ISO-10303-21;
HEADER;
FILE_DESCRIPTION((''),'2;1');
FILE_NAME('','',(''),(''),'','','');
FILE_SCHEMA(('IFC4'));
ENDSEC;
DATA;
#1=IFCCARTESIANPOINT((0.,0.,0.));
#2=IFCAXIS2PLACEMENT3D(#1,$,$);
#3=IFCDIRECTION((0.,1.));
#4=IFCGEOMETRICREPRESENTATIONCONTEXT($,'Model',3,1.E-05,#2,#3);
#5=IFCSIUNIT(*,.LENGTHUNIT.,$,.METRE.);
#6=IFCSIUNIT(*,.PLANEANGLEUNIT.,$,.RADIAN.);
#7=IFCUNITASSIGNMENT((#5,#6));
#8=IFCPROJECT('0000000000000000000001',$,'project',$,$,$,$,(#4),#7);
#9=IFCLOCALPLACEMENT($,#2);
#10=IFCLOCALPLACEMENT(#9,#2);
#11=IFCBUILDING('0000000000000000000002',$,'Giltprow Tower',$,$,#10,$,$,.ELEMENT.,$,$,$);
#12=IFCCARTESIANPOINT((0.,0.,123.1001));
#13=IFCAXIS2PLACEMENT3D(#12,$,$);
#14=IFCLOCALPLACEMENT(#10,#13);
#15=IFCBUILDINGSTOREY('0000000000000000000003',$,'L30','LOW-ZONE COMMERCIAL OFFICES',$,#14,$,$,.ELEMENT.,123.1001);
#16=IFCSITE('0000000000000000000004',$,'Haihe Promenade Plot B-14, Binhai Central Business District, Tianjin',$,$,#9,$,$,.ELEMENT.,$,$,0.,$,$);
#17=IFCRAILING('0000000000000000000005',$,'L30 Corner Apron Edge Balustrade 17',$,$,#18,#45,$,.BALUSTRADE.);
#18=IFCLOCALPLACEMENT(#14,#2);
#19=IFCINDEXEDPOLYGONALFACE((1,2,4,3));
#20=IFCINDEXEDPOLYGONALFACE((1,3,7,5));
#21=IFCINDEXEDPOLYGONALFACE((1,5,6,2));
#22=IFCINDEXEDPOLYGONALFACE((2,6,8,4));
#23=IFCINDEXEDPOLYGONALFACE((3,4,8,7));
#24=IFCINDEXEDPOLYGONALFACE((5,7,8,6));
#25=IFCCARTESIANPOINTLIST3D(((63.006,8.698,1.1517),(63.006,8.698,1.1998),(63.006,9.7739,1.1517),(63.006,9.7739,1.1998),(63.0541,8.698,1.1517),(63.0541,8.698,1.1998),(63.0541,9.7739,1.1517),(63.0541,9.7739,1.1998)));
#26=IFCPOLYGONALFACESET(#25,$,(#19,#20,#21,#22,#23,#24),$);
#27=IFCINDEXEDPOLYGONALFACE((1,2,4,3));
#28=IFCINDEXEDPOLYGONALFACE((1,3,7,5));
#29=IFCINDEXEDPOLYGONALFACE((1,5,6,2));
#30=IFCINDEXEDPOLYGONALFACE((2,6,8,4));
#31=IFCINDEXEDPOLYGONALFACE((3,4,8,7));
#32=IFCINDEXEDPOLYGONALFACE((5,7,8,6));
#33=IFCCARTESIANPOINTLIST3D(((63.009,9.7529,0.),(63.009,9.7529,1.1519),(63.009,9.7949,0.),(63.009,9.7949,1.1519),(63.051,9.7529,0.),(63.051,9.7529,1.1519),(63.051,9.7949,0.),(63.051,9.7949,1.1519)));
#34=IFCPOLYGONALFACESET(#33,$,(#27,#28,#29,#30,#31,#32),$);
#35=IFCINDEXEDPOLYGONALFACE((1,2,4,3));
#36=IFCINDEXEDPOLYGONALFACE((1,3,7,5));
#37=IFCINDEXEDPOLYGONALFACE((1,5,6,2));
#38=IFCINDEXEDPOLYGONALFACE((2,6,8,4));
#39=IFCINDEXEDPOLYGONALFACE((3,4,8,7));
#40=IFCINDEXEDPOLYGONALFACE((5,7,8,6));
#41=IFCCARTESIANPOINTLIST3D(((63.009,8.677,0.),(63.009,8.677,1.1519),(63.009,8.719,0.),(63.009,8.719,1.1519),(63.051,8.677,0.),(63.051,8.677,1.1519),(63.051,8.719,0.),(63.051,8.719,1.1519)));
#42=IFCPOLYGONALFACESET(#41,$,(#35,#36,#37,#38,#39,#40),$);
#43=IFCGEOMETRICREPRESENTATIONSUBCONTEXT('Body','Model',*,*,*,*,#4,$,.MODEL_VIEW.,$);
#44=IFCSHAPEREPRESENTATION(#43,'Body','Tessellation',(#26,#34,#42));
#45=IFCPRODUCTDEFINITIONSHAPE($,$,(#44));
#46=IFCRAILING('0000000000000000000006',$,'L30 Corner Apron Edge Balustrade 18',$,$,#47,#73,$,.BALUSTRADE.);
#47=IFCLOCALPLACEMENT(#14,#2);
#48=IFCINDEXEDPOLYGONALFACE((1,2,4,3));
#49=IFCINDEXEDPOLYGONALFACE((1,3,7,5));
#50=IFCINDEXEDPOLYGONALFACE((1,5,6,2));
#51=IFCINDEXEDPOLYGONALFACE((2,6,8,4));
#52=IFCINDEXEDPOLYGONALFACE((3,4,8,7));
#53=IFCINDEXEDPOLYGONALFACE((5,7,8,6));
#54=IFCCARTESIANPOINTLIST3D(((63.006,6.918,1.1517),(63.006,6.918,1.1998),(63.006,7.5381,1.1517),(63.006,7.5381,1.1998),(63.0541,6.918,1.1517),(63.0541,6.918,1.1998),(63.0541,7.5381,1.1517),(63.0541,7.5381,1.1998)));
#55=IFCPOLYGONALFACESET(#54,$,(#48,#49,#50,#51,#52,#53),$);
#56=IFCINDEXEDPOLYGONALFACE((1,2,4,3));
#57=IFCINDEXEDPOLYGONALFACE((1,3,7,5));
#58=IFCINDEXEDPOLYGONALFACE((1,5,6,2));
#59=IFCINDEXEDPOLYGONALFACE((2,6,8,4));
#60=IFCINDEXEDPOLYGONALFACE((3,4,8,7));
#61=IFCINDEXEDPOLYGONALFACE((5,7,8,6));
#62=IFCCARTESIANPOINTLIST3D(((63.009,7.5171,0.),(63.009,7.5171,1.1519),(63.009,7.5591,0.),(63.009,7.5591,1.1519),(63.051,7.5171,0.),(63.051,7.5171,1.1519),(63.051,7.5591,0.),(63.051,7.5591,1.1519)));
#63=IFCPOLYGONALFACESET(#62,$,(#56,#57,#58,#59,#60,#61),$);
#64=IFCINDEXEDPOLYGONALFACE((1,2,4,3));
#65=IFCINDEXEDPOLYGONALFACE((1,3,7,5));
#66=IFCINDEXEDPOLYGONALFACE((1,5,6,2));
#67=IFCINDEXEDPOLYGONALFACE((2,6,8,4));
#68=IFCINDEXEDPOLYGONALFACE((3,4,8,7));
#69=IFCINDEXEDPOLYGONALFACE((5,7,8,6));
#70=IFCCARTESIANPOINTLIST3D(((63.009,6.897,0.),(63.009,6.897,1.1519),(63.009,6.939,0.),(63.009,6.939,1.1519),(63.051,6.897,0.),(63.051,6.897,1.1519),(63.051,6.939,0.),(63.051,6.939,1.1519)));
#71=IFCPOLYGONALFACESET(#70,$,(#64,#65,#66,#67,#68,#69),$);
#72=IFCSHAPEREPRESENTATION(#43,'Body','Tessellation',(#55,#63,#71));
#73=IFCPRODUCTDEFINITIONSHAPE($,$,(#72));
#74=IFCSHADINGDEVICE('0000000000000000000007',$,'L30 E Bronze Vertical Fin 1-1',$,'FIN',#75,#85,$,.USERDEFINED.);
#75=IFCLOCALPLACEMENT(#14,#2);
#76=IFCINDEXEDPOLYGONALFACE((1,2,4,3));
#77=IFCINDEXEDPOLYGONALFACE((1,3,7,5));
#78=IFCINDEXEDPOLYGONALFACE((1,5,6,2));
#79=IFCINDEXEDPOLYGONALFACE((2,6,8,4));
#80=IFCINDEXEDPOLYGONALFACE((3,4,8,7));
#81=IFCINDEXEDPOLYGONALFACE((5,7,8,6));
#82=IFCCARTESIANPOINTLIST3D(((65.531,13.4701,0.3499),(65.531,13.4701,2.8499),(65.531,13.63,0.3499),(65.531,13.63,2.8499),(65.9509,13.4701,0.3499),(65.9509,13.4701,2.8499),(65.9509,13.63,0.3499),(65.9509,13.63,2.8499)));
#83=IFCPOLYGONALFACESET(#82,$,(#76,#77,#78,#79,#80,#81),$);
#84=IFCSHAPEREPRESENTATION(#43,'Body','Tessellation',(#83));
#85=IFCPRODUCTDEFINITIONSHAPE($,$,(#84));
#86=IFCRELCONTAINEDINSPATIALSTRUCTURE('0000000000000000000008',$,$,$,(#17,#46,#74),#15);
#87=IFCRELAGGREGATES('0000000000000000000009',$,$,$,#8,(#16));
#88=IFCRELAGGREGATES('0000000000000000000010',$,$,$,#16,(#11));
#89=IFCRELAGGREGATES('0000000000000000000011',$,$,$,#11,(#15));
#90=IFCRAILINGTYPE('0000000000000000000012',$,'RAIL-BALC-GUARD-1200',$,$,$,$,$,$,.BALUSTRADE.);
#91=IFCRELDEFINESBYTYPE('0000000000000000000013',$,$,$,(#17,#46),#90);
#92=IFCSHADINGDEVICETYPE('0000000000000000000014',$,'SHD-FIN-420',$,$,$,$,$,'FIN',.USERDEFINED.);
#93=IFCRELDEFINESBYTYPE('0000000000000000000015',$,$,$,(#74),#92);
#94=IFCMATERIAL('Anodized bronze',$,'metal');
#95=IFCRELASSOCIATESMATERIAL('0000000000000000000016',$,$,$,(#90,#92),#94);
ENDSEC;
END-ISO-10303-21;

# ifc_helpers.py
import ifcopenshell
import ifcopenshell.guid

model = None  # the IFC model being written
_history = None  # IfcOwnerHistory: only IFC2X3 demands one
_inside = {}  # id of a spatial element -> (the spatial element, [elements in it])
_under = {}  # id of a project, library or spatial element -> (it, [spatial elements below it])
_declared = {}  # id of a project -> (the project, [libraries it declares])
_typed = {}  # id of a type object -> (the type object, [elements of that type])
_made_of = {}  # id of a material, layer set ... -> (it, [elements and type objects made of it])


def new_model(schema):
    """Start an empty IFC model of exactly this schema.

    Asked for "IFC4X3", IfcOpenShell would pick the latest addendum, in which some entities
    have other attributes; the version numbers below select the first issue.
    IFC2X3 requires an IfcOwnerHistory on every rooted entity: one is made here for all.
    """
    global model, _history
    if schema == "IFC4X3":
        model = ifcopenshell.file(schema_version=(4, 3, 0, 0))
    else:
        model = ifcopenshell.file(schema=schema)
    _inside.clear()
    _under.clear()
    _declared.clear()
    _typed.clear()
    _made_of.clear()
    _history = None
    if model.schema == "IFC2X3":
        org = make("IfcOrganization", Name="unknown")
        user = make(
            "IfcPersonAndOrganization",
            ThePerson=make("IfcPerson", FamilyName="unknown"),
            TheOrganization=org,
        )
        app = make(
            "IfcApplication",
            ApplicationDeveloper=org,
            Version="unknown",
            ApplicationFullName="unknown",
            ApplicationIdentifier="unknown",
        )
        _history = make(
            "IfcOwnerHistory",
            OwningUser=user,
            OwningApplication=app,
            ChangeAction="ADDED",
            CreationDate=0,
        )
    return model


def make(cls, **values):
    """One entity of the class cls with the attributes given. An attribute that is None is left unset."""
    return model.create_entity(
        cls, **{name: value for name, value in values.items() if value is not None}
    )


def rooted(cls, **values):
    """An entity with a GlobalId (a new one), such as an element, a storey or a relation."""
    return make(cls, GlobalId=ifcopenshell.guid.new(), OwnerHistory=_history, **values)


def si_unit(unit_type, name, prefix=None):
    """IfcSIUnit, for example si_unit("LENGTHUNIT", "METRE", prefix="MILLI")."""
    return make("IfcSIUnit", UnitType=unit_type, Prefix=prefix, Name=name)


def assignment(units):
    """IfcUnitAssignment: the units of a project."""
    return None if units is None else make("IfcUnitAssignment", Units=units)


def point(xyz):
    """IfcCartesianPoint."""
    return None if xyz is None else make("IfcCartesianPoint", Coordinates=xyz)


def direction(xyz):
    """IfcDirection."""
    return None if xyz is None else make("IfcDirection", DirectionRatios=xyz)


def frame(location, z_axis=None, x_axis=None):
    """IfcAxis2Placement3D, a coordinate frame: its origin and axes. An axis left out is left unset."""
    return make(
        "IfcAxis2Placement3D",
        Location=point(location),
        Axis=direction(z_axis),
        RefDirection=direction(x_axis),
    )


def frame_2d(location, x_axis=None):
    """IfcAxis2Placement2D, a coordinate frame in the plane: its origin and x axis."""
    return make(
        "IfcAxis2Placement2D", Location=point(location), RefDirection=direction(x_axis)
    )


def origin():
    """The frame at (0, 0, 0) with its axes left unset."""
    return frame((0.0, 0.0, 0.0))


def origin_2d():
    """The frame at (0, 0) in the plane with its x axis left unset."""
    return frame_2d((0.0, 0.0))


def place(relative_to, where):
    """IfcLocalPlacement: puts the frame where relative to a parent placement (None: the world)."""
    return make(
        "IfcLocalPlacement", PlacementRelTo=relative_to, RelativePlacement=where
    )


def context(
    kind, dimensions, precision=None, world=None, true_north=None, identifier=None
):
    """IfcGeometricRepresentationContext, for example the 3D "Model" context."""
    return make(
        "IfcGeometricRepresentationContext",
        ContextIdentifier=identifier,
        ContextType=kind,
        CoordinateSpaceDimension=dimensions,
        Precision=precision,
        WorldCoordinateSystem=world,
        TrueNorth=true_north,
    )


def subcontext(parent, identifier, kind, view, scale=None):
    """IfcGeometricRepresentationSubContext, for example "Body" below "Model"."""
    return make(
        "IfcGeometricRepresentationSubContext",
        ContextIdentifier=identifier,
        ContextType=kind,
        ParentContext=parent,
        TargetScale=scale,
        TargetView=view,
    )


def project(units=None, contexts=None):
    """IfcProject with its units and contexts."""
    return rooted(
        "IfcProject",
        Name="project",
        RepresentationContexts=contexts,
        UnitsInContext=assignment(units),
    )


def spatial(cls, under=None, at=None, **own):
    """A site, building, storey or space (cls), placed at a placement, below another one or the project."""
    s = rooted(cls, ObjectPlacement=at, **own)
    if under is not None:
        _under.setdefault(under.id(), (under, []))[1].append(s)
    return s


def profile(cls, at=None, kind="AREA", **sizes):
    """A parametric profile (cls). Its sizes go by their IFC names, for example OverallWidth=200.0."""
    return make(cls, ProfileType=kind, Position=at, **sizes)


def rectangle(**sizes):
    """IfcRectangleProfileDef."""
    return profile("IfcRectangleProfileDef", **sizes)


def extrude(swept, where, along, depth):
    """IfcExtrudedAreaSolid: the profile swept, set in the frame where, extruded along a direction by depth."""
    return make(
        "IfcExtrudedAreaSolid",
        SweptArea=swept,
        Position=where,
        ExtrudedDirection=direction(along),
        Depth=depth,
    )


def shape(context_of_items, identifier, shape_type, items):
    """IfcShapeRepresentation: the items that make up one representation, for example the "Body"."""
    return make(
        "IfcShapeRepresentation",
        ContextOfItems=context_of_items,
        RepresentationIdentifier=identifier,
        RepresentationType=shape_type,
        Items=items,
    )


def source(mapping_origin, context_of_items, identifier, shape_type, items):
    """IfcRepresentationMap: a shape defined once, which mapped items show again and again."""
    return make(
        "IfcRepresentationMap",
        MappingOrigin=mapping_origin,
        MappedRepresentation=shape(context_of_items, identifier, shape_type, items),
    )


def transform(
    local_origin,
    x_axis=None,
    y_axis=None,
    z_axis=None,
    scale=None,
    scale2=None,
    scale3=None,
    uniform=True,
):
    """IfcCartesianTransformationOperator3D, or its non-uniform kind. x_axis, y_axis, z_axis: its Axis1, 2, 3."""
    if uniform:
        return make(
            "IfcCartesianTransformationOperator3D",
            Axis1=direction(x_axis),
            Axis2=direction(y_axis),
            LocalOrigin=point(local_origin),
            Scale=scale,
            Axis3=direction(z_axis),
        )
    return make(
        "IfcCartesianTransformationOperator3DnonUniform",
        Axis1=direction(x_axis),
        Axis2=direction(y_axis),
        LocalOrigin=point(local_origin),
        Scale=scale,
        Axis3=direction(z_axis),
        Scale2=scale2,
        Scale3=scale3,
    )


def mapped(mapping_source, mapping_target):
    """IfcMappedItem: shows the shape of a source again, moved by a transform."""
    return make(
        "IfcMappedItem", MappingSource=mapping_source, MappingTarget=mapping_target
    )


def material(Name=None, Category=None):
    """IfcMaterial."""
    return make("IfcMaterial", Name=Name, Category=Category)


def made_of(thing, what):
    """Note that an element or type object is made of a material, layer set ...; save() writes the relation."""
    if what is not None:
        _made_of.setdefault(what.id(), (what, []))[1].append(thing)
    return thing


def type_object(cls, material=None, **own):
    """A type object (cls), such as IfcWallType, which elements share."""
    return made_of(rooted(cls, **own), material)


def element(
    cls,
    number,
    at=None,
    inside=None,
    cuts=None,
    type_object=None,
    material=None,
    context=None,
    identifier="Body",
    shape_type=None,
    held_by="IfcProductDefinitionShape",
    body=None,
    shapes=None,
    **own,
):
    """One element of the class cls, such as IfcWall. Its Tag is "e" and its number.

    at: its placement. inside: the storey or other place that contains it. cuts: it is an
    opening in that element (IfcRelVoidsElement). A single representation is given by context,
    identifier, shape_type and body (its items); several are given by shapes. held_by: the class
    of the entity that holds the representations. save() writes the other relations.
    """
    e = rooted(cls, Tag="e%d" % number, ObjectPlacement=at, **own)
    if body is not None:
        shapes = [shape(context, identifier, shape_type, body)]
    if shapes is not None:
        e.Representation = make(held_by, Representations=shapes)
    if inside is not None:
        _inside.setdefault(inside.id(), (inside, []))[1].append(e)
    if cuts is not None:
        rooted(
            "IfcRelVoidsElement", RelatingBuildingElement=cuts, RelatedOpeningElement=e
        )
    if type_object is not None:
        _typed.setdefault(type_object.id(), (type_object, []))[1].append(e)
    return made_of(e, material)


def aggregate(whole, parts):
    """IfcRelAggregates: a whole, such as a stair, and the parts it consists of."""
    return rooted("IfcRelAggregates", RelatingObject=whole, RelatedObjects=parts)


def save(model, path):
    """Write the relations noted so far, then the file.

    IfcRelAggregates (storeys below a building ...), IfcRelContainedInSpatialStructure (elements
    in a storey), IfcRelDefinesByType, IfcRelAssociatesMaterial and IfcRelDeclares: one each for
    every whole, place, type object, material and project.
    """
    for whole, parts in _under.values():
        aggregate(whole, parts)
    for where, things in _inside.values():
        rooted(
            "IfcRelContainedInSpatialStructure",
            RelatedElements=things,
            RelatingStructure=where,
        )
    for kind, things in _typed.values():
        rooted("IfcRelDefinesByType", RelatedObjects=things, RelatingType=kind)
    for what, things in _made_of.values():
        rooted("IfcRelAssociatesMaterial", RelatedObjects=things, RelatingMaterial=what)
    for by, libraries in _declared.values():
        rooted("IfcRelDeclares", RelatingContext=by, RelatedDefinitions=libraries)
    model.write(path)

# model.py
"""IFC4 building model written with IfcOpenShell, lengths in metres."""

from ifc_helpers import new_model, si_unit, direction, frame, origin, origin_2d, place, context, subcontext, project, spatial, rectangle, extrude, source, transform, mapped, material, type_object, element, save


model = new_model("IFC4")

# Units and contexts
model_context = context("Model", 3, precision=1e-05, world=origin(), true_north=direction((0.0, 1.0)))
body_context = subcontext(model_context, "Body", "Model", "MODEL_VIEW")
ifc_project = project(units=[si_unit("LENGTHUNIT", "METRE"), si_unit("PLANEANGLEUNIT", "RADIAN")], contexts=[model_context])

# Site, building, storey
site_placement = place(None, origin())
site = spatial("IfcSite", under=ifc_project, at=site_placement, Name="Haihe Promenade Plot B-14, Binhai Central Business District, Tianjin", CompositionType="ELEMENT", RefElevation=0.0)
building_placement = place(site_placement, origin())
building = spatial("IfcBuilding", under=site, at=building_placement, Name="Giltprow Tower", CompositionType="ELEMENT")
storey_placement = place(building_placement, frame((0.0, 0.0, 123.1001)))
storey = spatial("IfcBuildingStorey", under=building, at=storey_placement, Name="L30", Description="LOW-ZONE COMMERCIAL OFFICES", CompositionType="ELEMENT", Elevation=123.1001)

# Shared definitions
ifc_material_1 = material(Name="Anodized bronze", Category="metal")

# Railings
railing_type = type_object("IfcRailingType", Name="RAIL-BALC-GUARD-1200", PredefinedType="BALUSTRADE", material=ifc_material_1)
railing_1_placement = place(storey_placement, frame((63.03, 9.7739, 0.0)))
element("IfcRailing", 1, at=railing_1_placement, inside=storey, type_object=railing_type, Name="L30 Corner Apron Edge Balustrade 17", PredefinedType="BALUSTRADE", context=body_context, shape_type="SweptSolid", body=[
    extrude(rectangle(XDim=0.0481, YDim=0.0481, at=origin_2d()), frame((0.0, 0.0, 1.1758), z_axis=(0.0, -1.0, 0.0), x_axis=(1.0, 0.0, 0.0)), (0.0, 0.0, 1.0), 1.0759),
    extrude(rectangle(XDim=0.042, YDim=0.042, at=origin_2d()), origin(), (0.0, 0.0, 1.0), 1.1519),
    extrude(rectangle(XDim=0.042, YDim=0.042, at=origin_2d()), frame((0.0, -1.0759, 0.0)), (0.0, 0.0, 1.0), 1.1519),
])
railing_2_placement = place(storey_placement, frame((63.03, 7.5381, 0.0)))
element("IfcRailing", 2, at=railing_2_placement, inside=storey, type_object=railing_type, Name="L30 Corner Apron Edge Balustrade 18", PredefinedType="BALUSTRADE", context=body_context, shape_type="SweptSolid", body=[
    extrude(rectangle(XDim=0.0481, YDim=0.0481, at=origin_2d()), frame((0.0, 0.0, 1.1758), z_axis=(0.0, -1.0, 0.0), x_axis=(1.0, 0.0, 0.0)), (0.0, 0.0, 1.0), 0.6201),
    extrude(rectangle(XDim=0.042, YDim=0.042, at=origin_2d()), origin(), (0.0, 0.0, 1.0), 1.1519),
    extrude(rectangle(XDim=0.042, YDim=0.042, at=origin_2d()), frame((0.0, -0.6201, 0.0)), (0.0, 0.0, 1.0), 1.1519),
])

# Shading device
shading_device_type = type_object("IfcShadingDeviceType", Name="SHD-FIN-420", ElementType="FIN", PredefinedType="USERDEFINED", material=ifc_material_1)
shared_shape_1 = source(origin(), body_context, "Body", "SweptSolid", [
    extrude(rectangle(XDim=0.4199, YDim=0.1599, at=origin_2d()), origin(), (0.0, 0.0, 1.0), 2.5),
])
shading_device_placement = place(storey_placement, frame((65.741, 13.55, 0.3499), z_axis=(0.0, 0.0, 1.0), x_axis=(1.0, 0.0, 0.0)))
element("IfcShadingDevice", 3, at=shading_device_placement, inside=storey, type_object=shading_device_type, Name="L30 E Bronze Vertical Fin 1-1", ObjectType="FIN", PredefinedType="USERDEFINED", context=body_context, shape_type="MappedRepresentation", body=[
    mapped(shared_shape_1, transform((0.0, 0.0, 0.0), x_axis=(1.0, 0.0, 0.0), y_axis=(0.0, 1.0, 0.0), z_axis=(0.0, 0.0, 1.0), scale=1.0)),
])

save(model, "model.ifc")
